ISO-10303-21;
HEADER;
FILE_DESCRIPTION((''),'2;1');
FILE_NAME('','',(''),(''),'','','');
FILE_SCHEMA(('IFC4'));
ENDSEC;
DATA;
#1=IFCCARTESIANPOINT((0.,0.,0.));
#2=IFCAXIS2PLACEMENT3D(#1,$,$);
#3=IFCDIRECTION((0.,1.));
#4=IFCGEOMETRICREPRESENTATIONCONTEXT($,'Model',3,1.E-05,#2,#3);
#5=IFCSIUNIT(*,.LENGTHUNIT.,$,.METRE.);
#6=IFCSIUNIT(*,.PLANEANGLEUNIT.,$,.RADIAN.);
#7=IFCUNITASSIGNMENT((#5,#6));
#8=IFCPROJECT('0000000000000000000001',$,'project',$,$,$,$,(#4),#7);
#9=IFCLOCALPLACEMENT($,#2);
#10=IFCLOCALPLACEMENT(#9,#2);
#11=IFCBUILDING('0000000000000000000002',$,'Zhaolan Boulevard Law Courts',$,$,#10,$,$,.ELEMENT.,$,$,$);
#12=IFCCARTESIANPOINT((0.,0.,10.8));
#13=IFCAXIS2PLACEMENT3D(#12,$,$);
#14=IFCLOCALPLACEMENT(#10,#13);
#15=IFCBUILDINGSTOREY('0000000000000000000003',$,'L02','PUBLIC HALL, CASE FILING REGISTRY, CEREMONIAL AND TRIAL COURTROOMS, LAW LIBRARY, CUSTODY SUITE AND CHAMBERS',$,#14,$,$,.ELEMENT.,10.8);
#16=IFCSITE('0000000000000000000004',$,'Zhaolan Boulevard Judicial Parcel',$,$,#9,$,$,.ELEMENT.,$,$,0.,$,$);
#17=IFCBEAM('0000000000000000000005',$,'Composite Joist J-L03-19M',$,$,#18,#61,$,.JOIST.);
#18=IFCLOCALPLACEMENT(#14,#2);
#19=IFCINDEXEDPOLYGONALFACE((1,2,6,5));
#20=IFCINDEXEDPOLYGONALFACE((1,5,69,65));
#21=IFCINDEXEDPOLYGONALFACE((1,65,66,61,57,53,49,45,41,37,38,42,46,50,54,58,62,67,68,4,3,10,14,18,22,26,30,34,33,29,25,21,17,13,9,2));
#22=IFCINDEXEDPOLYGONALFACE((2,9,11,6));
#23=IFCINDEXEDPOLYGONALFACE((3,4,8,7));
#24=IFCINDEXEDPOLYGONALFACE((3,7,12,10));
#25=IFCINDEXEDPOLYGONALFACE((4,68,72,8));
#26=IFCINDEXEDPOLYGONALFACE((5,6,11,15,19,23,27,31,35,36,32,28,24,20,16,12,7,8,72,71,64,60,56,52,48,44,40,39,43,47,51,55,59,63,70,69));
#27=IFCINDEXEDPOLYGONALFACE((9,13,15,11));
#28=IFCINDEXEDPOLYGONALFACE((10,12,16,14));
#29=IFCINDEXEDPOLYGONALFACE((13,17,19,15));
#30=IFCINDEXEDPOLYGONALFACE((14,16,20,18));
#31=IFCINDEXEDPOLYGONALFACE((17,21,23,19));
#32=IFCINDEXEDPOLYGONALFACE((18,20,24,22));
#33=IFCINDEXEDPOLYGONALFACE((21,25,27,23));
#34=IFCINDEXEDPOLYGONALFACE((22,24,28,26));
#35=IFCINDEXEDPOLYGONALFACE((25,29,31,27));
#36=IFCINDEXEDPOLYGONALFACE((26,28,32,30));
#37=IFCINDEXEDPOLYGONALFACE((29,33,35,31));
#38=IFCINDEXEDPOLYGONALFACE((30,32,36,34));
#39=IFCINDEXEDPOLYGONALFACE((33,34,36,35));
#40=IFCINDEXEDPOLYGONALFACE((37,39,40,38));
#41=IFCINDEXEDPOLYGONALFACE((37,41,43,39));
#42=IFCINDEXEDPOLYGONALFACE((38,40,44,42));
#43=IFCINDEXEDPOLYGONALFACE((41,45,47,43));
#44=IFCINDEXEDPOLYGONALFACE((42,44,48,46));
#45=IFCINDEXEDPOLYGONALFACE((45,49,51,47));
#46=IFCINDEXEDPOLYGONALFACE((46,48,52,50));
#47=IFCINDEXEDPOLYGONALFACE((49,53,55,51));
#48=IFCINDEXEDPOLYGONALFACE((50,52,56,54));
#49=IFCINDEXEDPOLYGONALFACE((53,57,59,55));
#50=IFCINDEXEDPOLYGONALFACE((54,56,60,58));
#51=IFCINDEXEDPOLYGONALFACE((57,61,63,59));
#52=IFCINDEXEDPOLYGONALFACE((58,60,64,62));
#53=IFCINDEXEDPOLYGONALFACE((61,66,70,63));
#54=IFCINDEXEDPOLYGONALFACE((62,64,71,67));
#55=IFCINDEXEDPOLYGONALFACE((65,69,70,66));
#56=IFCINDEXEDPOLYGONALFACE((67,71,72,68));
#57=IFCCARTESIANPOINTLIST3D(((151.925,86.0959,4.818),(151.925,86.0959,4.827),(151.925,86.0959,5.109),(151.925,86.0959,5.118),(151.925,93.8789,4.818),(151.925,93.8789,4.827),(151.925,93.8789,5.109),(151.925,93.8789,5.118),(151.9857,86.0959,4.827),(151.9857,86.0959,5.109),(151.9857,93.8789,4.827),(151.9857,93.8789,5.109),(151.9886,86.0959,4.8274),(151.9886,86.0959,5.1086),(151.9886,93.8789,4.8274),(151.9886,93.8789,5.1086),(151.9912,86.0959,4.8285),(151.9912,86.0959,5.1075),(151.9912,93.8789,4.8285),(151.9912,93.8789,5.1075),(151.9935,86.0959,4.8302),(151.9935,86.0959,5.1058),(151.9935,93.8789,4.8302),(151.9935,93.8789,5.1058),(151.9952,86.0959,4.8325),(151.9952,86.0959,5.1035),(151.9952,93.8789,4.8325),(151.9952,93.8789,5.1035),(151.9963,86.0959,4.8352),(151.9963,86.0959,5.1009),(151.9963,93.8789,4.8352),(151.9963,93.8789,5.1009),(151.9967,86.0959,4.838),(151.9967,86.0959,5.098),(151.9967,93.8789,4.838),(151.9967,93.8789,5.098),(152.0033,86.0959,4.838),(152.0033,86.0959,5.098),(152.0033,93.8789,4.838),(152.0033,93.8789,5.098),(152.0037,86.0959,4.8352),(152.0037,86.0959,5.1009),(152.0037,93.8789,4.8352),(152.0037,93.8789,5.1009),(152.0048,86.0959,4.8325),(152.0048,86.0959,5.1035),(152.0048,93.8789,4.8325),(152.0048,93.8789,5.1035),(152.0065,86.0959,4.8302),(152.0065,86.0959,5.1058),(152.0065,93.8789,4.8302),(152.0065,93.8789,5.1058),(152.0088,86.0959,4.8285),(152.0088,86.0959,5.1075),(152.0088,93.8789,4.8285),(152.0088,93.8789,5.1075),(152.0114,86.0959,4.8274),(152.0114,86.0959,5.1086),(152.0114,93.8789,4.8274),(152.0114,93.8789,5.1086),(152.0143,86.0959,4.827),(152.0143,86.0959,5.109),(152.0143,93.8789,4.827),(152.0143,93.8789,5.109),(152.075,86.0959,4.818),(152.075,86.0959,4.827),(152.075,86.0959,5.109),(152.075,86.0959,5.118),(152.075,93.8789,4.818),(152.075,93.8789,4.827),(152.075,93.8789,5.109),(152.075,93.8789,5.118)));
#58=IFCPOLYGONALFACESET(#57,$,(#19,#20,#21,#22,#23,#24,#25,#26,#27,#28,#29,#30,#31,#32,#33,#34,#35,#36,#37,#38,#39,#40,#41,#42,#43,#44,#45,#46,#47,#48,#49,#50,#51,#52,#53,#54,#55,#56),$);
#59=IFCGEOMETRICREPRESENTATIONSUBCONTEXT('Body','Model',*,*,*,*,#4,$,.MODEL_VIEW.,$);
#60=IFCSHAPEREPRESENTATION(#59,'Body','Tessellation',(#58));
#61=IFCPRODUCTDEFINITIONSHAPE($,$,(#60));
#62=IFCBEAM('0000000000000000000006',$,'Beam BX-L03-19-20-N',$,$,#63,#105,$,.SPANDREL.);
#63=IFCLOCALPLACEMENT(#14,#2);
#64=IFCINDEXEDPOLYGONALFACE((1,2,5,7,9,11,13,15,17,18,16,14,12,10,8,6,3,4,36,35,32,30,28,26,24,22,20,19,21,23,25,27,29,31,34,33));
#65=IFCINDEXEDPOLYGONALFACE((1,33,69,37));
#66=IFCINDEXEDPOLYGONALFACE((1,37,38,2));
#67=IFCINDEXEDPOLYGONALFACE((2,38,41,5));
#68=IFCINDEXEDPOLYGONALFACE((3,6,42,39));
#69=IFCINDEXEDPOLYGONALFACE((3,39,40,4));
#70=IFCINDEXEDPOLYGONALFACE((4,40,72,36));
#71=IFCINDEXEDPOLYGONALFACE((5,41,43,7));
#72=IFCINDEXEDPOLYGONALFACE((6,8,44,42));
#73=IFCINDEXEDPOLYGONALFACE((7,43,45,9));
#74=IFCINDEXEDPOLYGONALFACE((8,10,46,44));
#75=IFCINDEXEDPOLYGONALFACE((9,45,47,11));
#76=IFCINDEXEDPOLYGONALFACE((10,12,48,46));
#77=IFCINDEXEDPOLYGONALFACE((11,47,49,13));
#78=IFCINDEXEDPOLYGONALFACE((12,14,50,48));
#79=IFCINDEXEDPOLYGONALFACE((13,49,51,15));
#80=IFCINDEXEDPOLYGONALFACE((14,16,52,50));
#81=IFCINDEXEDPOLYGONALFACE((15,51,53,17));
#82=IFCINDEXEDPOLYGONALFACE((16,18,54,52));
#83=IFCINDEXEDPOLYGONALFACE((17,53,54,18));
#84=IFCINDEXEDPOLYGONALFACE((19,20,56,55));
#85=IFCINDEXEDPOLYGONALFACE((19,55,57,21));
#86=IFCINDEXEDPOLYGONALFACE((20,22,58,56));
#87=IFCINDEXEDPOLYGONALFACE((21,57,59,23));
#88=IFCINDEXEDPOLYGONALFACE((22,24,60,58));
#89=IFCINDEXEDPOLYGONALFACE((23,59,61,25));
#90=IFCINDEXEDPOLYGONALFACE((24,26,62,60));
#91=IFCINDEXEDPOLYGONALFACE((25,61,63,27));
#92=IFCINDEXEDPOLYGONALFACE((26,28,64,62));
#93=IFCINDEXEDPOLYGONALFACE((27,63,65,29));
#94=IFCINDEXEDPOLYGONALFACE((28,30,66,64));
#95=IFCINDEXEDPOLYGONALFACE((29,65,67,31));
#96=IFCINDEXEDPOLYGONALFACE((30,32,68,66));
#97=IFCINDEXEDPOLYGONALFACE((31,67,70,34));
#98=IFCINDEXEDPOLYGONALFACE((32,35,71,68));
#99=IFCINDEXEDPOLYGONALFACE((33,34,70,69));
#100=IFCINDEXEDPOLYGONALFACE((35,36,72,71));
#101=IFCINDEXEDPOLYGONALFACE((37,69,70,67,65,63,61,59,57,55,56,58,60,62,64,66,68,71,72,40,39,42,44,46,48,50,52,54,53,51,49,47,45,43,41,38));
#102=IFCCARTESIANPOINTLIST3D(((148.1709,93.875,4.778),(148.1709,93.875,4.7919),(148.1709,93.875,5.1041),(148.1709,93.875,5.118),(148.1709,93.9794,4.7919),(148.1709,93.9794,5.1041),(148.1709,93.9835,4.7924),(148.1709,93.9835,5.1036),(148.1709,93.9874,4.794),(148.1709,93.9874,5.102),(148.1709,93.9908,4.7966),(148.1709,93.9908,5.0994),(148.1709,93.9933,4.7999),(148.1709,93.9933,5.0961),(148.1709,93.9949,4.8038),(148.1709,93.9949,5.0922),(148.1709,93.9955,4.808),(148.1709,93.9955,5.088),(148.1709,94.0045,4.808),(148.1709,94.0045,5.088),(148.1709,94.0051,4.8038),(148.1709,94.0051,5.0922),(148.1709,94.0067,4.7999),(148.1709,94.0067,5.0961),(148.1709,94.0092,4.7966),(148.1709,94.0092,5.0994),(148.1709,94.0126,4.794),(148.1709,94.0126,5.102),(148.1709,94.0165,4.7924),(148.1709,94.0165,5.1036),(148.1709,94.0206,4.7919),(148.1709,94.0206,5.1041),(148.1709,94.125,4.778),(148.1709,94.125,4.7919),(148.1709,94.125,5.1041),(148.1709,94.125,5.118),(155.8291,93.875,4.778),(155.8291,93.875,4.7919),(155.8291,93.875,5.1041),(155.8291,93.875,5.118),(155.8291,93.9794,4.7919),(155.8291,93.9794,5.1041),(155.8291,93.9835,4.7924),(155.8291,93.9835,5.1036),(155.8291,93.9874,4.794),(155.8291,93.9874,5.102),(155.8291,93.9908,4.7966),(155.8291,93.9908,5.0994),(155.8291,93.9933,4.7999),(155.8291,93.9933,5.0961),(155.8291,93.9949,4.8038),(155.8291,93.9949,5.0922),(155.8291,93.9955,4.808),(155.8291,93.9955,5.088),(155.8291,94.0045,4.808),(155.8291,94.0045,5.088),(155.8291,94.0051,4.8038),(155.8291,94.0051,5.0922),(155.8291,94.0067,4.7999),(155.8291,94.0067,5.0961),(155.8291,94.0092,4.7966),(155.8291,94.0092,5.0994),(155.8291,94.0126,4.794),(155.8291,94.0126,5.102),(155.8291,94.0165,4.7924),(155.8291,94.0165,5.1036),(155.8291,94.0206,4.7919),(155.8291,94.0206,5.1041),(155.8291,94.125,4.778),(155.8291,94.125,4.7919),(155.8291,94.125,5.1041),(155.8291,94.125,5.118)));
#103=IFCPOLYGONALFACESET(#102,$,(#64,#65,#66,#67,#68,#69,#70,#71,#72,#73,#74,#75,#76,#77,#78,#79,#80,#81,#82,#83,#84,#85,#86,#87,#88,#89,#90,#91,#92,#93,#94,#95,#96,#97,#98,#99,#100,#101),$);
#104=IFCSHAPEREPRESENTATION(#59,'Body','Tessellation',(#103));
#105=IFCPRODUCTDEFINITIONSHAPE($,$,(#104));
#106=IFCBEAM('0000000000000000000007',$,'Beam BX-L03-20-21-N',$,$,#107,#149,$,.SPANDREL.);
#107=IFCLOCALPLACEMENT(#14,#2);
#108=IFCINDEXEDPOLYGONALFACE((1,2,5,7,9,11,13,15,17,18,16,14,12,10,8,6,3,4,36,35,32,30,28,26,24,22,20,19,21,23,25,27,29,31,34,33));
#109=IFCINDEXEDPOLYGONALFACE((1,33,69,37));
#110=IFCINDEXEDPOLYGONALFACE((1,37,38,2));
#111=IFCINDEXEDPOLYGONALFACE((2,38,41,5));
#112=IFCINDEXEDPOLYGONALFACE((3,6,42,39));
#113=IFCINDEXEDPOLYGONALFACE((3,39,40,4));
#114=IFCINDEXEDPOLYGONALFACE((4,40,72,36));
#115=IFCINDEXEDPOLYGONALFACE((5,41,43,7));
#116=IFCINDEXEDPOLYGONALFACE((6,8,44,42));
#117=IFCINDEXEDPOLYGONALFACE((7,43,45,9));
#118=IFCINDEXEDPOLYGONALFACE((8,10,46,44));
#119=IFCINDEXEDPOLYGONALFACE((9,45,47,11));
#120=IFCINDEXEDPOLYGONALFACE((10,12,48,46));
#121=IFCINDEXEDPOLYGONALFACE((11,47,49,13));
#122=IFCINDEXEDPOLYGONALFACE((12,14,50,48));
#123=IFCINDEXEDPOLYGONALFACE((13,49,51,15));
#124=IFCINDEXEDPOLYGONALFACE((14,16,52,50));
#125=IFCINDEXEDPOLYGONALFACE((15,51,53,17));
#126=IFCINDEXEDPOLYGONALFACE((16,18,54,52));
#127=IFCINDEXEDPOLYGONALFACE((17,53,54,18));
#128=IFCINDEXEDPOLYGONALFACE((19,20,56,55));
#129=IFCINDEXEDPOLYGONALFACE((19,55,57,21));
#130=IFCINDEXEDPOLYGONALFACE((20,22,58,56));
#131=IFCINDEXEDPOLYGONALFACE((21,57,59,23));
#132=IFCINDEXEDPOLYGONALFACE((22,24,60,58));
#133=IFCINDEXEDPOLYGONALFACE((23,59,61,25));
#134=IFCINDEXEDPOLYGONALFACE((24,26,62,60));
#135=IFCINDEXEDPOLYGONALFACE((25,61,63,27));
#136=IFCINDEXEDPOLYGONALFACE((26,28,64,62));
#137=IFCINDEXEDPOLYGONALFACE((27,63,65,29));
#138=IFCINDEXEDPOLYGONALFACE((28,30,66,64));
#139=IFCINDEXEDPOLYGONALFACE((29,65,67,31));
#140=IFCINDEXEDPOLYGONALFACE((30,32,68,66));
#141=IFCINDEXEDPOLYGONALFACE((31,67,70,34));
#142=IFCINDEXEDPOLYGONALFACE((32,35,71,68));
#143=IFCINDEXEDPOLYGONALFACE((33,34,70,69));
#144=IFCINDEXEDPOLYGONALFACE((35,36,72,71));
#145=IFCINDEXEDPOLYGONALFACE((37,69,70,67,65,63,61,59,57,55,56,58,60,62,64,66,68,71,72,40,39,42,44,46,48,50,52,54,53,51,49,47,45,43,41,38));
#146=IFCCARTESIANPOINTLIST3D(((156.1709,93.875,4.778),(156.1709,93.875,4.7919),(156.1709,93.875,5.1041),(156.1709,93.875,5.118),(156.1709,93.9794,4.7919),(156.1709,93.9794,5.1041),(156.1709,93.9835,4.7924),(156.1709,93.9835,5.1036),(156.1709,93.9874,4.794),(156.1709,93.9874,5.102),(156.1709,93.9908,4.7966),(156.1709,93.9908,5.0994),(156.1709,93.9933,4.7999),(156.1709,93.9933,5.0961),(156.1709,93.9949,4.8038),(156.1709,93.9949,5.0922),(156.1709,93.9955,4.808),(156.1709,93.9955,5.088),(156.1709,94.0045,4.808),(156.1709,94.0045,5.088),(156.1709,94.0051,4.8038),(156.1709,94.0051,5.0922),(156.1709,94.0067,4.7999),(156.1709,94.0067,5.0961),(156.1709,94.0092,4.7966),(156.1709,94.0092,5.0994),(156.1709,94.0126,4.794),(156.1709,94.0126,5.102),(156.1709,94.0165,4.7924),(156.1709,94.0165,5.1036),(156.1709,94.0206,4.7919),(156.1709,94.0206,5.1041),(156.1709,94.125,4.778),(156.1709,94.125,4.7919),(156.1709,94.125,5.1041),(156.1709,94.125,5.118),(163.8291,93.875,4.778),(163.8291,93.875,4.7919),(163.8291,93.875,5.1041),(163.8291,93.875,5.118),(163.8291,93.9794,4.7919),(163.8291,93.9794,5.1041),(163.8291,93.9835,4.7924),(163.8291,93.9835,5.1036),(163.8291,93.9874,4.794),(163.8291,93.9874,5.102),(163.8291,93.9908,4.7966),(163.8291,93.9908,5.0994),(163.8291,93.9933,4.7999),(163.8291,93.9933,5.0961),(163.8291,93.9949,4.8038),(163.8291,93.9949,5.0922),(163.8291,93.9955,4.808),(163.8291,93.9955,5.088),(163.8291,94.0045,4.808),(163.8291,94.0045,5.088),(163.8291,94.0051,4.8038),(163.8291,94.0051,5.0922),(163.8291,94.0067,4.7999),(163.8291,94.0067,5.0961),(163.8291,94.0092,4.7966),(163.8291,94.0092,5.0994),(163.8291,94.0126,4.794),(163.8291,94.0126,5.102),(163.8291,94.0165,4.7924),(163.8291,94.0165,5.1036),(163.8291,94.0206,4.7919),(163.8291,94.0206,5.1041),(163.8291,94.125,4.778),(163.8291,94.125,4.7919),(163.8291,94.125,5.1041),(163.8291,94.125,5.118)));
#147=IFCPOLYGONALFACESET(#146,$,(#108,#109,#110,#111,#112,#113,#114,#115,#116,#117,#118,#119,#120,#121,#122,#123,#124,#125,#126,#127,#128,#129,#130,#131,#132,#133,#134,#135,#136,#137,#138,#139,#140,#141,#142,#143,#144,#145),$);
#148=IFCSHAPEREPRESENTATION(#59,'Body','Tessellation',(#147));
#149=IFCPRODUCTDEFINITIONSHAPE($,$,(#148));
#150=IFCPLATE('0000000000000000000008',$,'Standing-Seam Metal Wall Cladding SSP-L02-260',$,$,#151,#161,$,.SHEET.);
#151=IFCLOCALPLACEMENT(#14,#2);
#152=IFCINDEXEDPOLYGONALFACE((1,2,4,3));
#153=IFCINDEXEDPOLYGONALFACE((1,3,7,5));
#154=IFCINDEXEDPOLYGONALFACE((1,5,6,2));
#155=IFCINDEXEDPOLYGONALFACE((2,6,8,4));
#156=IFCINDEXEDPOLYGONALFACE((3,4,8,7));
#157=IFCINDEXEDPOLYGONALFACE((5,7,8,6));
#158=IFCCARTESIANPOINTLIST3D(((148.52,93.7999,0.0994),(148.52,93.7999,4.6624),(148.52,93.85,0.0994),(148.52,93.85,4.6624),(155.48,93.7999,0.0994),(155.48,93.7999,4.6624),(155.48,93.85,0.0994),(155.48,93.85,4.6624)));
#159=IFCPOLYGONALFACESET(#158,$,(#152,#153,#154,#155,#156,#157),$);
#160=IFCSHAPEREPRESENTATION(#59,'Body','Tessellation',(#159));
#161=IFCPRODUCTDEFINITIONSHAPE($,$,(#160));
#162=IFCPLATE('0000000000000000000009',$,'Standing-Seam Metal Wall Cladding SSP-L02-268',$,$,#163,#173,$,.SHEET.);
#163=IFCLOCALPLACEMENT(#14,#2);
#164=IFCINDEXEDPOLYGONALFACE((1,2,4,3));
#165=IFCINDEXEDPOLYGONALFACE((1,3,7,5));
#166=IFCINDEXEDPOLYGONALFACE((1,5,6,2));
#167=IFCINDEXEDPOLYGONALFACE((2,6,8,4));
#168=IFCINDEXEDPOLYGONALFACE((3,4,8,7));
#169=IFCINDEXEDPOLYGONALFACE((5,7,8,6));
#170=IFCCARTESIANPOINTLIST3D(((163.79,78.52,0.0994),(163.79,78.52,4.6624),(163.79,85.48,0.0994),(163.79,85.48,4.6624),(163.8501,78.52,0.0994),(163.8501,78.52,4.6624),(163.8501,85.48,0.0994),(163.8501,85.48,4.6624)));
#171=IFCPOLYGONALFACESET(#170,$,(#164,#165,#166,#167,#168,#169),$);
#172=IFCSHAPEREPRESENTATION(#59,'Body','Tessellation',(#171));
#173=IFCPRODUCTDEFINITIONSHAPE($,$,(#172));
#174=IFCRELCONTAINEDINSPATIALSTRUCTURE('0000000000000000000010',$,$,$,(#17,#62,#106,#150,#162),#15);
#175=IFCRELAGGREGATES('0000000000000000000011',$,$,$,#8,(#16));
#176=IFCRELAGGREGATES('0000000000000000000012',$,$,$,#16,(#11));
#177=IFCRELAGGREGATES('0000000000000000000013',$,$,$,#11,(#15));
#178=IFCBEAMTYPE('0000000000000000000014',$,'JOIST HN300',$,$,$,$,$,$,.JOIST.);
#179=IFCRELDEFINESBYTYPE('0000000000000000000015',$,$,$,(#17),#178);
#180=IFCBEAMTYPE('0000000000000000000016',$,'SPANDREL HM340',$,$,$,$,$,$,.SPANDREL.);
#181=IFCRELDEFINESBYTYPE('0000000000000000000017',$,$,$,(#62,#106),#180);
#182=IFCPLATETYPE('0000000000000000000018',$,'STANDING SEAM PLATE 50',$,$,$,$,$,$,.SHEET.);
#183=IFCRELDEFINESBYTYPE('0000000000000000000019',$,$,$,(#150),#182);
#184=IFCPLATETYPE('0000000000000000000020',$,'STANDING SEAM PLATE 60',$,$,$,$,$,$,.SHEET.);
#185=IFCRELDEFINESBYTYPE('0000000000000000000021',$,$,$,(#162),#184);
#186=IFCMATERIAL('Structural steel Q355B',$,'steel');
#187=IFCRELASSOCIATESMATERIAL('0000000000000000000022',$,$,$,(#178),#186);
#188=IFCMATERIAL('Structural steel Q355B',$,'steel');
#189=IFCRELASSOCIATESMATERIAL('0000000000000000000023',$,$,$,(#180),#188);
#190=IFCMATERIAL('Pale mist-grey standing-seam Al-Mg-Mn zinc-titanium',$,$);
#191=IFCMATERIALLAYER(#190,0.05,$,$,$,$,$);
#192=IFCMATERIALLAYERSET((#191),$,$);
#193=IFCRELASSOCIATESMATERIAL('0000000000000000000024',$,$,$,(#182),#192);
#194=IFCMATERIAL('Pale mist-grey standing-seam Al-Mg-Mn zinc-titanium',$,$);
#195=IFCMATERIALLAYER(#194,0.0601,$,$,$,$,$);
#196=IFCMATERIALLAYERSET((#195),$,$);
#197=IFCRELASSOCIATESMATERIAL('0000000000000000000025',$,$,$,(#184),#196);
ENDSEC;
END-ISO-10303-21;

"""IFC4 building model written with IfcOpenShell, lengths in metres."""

from ifc_helpers import new_model, si_unit, direction, frame, origin, origin_2d, place, context, subcontext, project, spatial, rectangle, i_section, extrude, material, layer, layer_set, material_profile, profile_set, type_object, element, save


model = new_model("IFC4")

# Units and contexts
model_context = context("Model", 3, precision=1e-05, world=origin(), true_north=direction((0.0, 1.0)))
body_context = subcontext(model_context, "Body", "Model", "MODEL_VIEW")
ifc_project = project(units=[si_unit("LENGTHUNIT", "METRE"), si_unit("PLANEANGLEUNIT", "RADIAN")], contexts=[model_context])

# Site, building, storey
site_placement = place(None, origin())
site = spatial("IfcSite", under=ifc_project, at=site_placement, Name="Zhaolan Boulevard Judicial Parcel", CompositionType="ELEMENT", RefElevation=0.0)
building_placement = place(site_placement, origin())
building = spatial("IfcBuilding", under=site, at=building_placement, Name="Zhaolan Boulevard Law Courts", CompositionType="ELEMENT")
storey_placement = place(building_placement, frame((0.0, 0.0, 10.8)))
storey = spatial("IfcBuildingStorey", under=building, at=storey_placement, Name="L02", Description="PUBLIC HALL, CASE FILING REGISTRY, CEREMONIAL AND TRIAL COURTROOMS, LAW LIBRARY, CUSTODY SUITE AND CHAMBERS", CompositionType="ELEMENT", Elevation=10.8)

# Beams
ifc_material_1 = material(Name="Structural steel Q355B", Category="steel")
ifc_material_profile_1 = material_profile(ifc_material_1, i_section(OverallWidth=0.1499, OverallDepth=0.3, WebThickness=0.0066, FlangeThickness=0.009, FilletRadius=0.011, at=origin_2d()), Name="HN300x150")
ifc_profile_set_1 = profile_set([ifc_material_profile_1], Name="Structural steel Q355B")
beam_type_1 = type_object("IfcBeamType", Name="JOIST HN300", PredefinedType="JOIST", material=ifc_profile_set_1)
beam_1_placement = place(storey_placement, frame((152.0, 86.0959, 4.968), z_axis=(0.0, 1.0, 0.0), x_axis=(-1.0, 0.0, 0.0)))
element("IfcBeam", 1, at=beam_1_placement, inside=storey, type_object=beam_type_1, Name="Composite Joist J-L03-19M", PredefinedType="JOIST", context=body_context, shape_type="SweptSolid", body=[
    extrude(i_section(OverallWidth=0.1499, OverallDepth=0.3, WebThickness=0.0066, FlangeThickness=0.009, FilletRadius=0.011, at=origin_2d()), origin(), (0.0, 0.0, 1.0), 7.783),
])
ifc_material_2 = material(Name="Structural steel Q355B", Category="steel")
ifc_material_profile_2 = material_profile(ifc_material_2, i_section(OverallWidth=0.25, OverallDepth=0.3401, WebThickness=0.009, FlangeThickness=0.0139, FilletRadius=0.0161, at=origin_2d()), Name="HM340x250")
ifc_profile_set_2 = profile_set([ifc_material_profile_2], Name="Structural steel Q355B")
beam_type_2 = type_object("IfcBeamType", Name="SPANDREL HM340", PredefinedType="SPANDREL", material=ifc_profile_set_2)
for number, where, z_axis, x_axis, name in (
    (2, (148.1709, 94.0, 4.948), (1.0, 0.0, 0.0), (0.0, 1.0, 0.0), "Beam BX-L03-19-20-N"),
    (3, (156.1709, 94.0, 4.948), (1.0, 0.0, 0.0), (0.0, 1.0, 0.0), "Beam BX-L03-20-21-N"),
):
    element("IfcBeam", number, at=place(storey_placement, frame(where, z_axis=z_axis, x_axis=x_axis)), inside=storey, type_object=beam_type_2, Name=name, PredefinedType="SPANDREL", context=body_context, shape_type="SweptSolid", body=[
        extrude(i_section(OverallWidth=0.25, OverallDepth=0.3401, WebThickness=0.009, FlangeThickness=0.0139, FilletRadius=0.0161, at=origin_2d()), origin(), (0.0, 0.0, 1.0), 7.6582),
    ])

# Plates
ifc_material_3 = material(Name="Pale mist-grey standing-seam Al-Mg-Mn zinc-titanium")
ifc_layer_1 = layer(ifc_material_3, 0.05)
ifc_layer_set_1 = layer_set([ifc_layer_1])
plate_type_1 = type_object("IfcPlateType", Name="STANDING SEAM PLATE 50", PredefinedType="SHEET", material=ifc_layer_set_1)
plate_1_placement = place(storey_placement, frame((152.0, 93.825, 0.0994), z_axis=(0.0, 0.0, 1.0), x_axis=(-1.0, 0.0, 0.0)))
element("IfcPlate", 4, at=plate_1_placement, inside=storey, type_object=plate_type_1, Name="Standing-Seam Metal Wall Cladding SSP-L02-260", PredefinedType="SHEET", context=body_context, shape_type="SweptSolid", body=[
    extrude(rectangle(XDim=6.96, YDim=0.05, at=origin_2d()), origin(), (0.0, 0.0, 1.0), 4.563),
])
ifc_material_4 = material(Name="Pale mist-grey standing-seam Al-Mg-Mn zinc-titanium")
ifc_layer_2 = layer(ifc_material_4, 0.0601)
ifc_layer_set_2 = layer_set([ifc_layer_2])
plate_type_2 = type_object("IfcPlateType", Name="STANDING SEAM PLATE 60", PredefinedType="SHEET", material=ifc_layer_set_2)
plate_2_placement = place(storey_placement, frame((163.8201, 82.0, 0.0994), z_axis=(0.0, 0.0, 1.0), x_axis=(0.0, 1.0, 0.0)))
element("IfcPlate", 5, at=plate_2_placement, inside=storey, type_object=plate_type_2, Name="Standing-Seam Metal Wall Cladding SSP-L02-268", PredefinedType="SHEET", context=body_context, shape_type="SweptSolid", body=[
    extrude(rectangle(XDim=6.96, YDim=0.0601, at=origin_2d()), origin(), (0.0, 0.0, 1.0), 4.563),
])

save(model, "model.ifc")
